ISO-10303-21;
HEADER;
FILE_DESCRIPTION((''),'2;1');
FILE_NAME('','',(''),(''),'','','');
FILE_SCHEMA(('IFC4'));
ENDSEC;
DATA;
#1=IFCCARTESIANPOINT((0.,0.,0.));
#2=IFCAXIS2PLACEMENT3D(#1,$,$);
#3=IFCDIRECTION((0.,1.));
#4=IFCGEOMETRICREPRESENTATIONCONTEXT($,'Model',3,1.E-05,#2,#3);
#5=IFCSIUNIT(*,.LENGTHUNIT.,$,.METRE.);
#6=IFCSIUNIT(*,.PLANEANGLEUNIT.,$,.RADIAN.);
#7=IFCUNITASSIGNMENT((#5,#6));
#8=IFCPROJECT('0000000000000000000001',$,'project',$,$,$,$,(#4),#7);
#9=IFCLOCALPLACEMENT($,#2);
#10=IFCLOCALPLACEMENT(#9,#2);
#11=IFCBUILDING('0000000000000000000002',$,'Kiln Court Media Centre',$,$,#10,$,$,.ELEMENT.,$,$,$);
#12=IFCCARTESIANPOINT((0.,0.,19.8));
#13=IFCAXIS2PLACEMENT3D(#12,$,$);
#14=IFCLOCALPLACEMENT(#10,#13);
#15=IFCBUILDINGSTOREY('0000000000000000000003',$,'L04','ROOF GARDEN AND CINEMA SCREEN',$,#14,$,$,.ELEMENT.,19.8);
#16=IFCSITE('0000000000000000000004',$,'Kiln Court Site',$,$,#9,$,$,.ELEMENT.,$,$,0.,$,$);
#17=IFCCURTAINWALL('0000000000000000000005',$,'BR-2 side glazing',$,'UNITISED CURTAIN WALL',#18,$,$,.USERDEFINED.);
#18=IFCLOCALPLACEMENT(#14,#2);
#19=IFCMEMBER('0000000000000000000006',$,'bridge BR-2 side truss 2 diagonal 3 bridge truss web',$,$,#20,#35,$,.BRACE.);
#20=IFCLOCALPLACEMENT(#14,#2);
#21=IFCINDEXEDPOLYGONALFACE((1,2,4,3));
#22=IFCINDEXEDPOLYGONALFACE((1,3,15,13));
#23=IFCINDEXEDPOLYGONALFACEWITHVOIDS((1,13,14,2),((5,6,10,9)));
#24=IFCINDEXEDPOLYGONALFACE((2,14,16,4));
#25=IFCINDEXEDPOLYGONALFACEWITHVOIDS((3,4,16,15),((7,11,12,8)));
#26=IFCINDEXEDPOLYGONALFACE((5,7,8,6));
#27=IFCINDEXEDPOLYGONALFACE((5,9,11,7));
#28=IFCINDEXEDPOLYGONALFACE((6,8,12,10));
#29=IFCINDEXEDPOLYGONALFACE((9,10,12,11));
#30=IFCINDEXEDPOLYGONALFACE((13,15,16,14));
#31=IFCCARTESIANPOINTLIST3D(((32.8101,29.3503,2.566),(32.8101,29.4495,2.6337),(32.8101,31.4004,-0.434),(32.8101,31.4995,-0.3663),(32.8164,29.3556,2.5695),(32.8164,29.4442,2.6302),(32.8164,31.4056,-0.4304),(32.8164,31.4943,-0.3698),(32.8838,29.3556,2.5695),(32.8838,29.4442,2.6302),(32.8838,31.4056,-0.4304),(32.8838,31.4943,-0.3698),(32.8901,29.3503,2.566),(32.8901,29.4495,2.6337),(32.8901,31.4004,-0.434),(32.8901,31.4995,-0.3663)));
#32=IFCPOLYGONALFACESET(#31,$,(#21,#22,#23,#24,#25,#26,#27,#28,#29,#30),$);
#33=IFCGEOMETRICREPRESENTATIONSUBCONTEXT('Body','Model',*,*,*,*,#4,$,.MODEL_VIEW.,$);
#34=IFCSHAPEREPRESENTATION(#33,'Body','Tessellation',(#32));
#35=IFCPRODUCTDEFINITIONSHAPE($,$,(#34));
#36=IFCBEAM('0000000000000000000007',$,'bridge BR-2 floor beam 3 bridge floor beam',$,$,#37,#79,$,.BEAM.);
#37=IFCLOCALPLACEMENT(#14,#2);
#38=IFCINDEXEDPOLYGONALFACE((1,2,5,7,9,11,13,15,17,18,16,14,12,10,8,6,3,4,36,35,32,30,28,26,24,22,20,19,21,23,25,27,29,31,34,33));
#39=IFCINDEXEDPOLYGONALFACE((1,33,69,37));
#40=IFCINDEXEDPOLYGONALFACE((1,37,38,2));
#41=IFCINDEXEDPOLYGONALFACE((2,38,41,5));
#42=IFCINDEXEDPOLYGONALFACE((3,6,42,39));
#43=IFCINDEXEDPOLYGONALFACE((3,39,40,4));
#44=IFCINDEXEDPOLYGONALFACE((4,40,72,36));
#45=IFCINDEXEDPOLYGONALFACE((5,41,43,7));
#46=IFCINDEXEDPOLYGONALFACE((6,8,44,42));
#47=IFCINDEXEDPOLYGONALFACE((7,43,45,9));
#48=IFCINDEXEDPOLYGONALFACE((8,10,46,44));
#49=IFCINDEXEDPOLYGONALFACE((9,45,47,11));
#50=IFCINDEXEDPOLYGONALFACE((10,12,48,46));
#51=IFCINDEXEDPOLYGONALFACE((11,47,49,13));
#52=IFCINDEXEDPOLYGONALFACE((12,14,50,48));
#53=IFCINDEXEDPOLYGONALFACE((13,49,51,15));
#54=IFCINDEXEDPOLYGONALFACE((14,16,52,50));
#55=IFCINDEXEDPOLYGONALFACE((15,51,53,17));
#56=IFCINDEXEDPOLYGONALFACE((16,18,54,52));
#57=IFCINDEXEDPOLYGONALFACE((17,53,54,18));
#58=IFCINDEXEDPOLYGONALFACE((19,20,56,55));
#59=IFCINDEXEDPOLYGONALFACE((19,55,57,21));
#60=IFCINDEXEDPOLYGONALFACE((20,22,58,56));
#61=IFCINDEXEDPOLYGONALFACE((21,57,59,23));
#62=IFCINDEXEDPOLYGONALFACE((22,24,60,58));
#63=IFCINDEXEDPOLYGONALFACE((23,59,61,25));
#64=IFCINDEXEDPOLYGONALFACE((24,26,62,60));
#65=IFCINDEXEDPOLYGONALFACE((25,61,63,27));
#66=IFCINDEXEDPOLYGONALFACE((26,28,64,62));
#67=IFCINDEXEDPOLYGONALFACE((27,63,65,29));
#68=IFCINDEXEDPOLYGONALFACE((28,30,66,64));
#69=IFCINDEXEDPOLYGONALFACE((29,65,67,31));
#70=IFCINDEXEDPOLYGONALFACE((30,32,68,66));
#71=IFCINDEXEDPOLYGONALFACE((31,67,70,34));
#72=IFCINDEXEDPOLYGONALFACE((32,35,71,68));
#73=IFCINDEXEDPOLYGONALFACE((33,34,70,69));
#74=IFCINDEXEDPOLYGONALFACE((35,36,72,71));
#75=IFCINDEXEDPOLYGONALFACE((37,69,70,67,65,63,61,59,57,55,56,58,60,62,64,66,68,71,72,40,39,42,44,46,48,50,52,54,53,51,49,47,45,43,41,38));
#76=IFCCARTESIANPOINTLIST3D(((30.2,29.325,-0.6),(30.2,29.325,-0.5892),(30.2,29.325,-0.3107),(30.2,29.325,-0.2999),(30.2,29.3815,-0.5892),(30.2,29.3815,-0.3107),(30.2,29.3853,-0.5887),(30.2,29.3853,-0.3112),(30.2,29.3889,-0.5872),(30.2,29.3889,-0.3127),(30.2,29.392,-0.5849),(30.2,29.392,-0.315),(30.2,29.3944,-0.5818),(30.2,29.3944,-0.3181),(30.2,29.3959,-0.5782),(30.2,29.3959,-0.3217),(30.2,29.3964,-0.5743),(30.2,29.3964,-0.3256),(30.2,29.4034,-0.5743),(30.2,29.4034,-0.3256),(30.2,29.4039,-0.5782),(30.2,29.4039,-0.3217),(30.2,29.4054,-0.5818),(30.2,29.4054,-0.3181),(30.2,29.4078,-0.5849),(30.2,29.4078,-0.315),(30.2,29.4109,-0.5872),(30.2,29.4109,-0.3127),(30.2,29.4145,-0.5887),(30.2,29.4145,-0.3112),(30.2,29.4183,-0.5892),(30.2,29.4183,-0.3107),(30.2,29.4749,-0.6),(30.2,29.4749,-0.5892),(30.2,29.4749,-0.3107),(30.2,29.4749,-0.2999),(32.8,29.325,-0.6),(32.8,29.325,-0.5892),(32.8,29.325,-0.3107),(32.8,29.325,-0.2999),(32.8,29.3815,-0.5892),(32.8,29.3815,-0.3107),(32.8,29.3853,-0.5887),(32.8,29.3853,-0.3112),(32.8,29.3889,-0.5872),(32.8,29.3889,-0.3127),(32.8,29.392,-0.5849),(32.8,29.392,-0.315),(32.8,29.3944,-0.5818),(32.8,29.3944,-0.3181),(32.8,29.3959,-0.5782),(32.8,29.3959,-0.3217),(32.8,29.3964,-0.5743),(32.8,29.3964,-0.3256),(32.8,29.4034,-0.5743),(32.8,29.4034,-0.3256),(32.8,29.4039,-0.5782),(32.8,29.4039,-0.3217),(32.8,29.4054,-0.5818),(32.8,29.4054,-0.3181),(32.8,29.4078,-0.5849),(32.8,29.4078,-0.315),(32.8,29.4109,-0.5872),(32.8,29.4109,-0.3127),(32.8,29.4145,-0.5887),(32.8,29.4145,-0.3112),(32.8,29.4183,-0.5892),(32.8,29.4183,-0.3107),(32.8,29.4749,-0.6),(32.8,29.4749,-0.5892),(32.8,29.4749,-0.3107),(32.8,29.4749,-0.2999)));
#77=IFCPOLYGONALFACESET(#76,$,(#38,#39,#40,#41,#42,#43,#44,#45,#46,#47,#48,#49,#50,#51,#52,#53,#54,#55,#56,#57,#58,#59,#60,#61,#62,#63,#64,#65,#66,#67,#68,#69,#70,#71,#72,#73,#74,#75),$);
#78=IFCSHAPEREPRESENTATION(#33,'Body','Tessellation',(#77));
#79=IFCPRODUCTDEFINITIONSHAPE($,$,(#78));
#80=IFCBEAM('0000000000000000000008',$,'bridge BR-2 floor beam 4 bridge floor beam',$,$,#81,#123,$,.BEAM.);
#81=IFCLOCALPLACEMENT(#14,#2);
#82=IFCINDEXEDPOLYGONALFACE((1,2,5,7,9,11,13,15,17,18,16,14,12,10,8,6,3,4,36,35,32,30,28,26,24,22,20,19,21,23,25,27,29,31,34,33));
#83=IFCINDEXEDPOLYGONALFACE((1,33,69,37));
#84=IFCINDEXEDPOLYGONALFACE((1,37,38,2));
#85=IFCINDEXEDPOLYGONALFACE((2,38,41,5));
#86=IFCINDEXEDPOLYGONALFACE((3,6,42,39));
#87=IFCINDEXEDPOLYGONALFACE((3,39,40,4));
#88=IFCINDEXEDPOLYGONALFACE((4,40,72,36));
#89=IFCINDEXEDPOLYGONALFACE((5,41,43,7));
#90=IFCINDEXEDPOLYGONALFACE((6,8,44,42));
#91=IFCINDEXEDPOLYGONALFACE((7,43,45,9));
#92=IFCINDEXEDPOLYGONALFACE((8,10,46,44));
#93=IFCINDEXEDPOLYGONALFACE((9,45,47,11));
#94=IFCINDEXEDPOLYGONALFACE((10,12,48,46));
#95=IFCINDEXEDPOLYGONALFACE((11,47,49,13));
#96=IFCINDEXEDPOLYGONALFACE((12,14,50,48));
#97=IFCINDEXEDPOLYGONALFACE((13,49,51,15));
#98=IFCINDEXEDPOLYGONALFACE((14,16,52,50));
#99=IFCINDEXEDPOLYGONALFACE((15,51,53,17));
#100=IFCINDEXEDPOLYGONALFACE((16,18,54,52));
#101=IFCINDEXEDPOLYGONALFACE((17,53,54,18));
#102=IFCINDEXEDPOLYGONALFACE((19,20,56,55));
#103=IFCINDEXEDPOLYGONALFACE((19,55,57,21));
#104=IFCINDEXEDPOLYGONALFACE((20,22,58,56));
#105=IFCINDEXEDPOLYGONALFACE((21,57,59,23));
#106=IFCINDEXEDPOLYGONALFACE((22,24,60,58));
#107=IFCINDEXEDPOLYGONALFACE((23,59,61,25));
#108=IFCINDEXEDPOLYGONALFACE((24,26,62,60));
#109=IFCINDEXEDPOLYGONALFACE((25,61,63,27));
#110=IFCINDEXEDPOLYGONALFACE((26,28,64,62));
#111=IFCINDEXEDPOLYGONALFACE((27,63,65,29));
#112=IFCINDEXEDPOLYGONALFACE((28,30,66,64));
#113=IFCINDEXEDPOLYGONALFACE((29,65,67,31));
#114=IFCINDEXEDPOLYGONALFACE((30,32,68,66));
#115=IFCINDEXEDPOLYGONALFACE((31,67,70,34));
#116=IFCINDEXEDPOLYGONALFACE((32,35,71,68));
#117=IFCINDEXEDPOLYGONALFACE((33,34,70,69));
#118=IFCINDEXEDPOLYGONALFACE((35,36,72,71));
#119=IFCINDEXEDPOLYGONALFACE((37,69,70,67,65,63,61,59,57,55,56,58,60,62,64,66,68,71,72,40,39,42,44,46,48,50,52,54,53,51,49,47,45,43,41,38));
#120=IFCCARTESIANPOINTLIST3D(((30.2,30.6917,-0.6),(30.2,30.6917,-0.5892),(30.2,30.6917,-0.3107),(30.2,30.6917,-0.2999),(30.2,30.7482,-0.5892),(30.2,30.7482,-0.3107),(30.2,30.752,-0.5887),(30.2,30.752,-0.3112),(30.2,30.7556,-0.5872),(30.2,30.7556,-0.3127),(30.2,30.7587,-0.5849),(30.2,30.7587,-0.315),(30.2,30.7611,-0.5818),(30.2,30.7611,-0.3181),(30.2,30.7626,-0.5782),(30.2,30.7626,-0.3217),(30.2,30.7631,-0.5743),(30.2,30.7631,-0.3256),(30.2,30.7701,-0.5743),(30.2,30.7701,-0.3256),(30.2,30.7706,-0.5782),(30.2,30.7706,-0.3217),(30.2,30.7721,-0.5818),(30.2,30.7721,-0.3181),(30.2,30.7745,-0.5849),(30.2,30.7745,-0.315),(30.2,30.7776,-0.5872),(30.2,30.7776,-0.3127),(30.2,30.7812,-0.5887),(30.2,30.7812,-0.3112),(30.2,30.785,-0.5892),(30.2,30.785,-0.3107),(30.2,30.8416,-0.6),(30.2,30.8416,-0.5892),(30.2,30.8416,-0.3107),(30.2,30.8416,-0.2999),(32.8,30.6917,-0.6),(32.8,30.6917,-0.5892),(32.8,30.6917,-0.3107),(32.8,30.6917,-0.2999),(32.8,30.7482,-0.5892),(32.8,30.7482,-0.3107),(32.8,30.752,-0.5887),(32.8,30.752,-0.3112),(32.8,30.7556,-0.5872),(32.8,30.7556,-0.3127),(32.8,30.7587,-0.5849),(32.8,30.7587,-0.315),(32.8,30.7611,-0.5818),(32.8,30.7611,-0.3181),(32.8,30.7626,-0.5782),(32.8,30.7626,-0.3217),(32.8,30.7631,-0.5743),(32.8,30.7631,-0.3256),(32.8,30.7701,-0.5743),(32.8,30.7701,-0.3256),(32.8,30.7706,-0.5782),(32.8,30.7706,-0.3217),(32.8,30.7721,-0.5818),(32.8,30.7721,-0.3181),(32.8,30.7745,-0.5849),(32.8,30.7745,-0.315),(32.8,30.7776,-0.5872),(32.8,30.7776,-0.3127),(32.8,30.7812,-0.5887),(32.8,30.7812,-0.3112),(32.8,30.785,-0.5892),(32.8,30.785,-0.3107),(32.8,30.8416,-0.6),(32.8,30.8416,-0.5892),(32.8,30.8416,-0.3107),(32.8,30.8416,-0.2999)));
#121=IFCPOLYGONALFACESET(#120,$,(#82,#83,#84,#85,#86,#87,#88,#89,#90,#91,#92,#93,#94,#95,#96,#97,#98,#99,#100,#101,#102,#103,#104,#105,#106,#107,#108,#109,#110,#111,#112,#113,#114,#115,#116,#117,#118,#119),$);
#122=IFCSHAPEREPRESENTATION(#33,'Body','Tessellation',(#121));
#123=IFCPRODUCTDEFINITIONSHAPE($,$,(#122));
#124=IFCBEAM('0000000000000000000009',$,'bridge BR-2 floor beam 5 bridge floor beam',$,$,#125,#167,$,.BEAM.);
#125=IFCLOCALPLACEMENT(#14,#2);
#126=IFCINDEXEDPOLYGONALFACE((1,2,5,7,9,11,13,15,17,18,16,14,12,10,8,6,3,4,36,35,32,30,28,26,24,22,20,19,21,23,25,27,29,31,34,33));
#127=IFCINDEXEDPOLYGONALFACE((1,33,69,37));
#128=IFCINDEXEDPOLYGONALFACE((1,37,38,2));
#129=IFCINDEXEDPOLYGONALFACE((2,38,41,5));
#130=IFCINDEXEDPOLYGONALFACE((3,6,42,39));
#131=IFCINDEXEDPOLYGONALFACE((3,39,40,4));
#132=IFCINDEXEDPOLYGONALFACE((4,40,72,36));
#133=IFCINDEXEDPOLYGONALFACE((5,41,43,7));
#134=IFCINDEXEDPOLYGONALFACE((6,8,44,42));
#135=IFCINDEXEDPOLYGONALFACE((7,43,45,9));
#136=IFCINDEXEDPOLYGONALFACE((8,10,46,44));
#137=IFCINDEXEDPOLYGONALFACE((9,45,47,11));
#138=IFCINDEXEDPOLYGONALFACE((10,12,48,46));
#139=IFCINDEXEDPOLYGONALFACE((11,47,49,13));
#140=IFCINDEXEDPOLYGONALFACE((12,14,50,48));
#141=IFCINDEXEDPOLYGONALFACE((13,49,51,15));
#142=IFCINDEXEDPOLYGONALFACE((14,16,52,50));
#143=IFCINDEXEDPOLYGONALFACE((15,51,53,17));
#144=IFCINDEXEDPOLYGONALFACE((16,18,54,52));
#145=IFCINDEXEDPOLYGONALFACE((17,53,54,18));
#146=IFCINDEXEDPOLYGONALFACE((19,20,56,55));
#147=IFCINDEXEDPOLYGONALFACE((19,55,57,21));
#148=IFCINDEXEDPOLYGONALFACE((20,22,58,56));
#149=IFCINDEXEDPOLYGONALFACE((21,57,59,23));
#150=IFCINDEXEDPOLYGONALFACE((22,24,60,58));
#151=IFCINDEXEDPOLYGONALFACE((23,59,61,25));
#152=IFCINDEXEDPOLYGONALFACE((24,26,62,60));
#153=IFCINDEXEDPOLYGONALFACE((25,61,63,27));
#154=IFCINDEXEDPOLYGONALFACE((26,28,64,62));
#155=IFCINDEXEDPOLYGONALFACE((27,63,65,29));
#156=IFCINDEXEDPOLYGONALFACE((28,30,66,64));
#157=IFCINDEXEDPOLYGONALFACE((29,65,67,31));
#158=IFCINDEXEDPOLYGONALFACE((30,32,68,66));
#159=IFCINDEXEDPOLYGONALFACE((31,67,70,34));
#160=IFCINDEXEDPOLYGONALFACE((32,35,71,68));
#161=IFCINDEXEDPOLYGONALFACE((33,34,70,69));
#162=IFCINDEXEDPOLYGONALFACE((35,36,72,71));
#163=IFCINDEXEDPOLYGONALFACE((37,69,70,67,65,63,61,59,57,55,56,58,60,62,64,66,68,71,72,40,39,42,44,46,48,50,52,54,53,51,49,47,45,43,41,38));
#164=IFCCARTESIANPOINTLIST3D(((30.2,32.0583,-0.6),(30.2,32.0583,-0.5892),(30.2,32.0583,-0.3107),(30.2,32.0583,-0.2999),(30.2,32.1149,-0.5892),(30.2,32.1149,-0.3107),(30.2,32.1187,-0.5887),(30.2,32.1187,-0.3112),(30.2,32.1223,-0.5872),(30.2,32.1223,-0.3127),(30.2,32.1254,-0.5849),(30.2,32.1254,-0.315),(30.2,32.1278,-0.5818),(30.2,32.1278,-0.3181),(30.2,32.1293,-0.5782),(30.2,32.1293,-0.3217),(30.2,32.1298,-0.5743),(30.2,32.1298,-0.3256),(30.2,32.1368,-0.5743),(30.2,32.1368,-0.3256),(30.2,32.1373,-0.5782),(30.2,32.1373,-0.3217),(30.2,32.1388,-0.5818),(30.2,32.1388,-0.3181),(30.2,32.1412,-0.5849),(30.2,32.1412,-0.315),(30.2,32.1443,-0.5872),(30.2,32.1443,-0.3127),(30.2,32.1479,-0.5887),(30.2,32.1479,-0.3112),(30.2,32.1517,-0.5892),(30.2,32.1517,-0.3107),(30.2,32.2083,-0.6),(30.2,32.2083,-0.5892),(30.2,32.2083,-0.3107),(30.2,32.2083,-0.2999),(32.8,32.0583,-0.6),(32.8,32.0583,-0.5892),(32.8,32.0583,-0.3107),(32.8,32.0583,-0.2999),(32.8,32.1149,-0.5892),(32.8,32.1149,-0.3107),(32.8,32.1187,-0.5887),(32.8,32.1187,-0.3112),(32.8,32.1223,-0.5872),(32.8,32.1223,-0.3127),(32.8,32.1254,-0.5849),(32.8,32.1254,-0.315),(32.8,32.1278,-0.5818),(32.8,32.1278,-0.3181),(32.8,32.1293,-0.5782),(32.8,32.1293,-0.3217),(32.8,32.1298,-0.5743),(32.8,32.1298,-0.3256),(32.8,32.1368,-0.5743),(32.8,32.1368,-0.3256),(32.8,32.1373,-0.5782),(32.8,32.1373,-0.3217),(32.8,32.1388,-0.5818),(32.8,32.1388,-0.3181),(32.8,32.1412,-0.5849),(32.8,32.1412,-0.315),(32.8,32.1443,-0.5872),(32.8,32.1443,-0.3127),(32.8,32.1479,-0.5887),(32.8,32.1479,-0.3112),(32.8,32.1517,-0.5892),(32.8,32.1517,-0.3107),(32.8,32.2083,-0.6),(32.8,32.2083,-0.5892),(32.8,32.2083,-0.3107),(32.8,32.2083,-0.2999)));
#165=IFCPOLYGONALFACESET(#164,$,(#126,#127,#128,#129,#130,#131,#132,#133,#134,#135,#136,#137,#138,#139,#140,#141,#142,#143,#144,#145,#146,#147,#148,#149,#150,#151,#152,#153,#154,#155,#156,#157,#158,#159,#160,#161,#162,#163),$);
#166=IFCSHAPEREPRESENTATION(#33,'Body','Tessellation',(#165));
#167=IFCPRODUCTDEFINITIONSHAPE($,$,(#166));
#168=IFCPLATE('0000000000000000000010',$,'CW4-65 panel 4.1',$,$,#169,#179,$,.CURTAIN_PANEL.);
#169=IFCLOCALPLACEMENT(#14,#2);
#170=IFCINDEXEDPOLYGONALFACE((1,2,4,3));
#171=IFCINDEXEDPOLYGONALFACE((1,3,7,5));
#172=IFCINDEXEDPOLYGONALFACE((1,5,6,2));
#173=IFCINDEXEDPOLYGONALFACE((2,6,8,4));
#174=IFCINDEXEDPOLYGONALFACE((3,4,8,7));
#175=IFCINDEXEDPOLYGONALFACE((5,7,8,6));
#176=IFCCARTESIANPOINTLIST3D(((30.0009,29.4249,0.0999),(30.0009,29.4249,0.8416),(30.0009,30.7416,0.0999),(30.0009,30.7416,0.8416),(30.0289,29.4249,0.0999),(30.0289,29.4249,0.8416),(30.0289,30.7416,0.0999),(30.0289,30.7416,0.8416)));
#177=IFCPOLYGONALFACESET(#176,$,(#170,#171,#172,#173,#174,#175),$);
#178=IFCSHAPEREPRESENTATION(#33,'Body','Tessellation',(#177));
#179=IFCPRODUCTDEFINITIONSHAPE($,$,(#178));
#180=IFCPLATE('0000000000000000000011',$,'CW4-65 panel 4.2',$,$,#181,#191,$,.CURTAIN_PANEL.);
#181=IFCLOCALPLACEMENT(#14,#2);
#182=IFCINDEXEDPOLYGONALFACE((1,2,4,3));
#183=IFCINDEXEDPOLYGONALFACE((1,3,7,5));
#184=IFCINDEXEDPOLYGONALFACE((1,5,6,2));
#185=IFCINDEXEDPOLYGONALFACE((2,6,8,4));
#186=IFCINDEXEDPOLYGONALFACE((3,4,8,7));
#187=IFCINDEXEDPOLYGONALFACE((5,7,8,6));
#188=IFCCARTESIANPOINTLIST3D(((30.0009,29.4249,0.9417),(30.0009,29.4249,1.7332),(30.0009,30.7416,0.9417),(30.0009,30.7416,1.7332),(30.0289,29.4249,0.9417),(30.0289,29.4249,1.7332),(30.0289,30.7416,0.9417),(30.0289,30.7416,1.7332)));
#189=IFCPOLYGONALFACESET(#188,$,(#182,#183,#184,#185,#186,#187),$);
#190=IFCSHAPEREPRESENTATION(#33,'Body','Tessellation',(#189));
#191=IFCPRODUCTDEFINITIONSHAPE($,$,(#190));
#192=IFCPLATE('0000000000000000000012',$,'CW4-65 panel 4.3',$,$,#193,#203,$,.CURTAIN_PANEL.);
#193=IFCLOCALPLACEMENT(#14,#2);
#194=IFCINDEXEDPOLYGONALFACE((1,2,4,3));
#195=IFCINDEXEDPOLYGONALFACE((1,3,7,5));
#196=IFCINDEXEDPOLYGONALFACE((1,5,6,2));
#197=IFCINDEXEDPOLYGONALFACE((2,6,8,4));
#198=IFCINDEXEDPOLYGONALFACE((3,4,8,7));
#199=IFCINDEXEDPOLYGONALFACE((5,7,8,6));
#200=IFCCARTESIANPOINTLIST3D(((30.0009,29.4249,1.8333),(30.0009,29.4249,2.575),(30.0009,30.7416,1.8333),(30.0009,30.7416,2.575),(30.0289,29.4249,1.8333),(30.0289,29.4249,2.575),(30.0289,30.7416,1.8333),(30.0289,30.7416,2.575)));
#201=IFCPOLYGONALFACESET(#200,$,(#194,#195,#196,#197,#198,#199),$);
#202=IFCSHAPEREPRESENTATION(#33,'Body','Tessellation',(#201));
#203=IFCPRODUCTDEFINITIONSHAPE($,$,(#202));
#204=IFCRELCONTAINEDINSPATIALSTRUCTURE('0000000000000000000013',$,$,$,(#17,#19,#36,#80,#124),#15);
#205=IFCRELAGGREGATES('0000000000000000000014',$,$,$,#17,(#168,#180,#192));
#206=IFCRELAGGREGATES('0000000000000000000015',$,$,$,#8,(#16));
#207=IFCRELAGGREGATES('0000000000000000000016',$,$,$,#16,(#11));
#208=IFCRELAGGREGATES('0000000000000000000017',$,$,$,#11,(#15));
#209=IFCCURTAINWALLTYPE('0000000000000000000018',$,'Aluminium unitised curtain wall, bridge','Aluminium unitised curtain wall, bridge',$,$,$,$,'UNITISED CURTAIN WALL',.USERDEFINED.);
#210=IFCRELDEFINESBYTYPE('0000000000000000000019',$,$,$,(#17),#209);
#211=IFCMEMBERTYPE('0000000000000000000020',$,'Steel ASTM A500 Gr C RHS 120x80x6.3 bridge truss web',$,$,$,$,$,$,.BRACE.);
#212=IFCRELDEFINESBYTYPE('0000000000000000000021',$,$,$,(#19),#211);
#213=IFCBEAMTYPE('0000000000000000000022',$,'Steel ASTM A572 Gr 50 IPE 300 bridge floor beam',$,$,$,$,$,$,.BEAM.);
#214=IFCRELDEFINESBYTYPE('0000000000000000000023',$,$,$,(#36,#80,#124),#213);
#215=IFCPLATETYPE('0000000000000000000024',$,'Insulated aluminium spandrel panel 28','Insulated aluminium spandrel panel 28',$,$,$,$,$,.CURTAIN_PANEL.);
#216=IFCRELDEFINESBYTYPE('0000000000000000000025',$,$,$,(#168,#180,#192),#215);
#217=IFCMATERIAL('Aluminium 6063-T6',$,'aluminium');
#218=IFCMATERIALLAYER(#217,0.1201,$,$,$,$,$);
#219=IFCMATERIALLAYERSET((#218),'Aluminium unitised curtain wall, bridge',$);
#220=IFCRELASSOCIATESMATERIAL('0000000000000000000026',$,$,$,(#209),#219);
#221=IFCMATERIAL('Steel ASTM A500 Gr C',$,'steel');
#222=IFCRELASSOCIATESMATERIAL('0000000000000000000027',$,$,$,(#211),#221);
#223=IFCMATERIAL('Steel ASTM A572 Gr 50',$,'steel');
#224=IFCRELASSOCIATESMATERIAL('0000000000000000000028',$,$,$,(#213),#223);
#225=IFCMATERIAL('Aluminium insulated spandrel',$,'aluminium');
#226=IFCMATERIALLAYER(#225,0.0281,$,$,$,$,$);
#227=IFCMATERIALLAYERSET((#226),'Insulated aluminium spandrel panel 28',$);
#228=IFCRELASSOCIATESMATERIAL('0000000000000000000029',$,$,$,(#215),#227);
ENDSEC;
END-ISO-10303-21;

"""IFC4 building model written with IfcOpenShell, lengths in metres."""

from ifc_helpers import new_model, si_unit, direction, frame, origin, origin_2d, place, context, subcontext, project, spatial, rectangle, hollow_rectangle, i_section, extrude, material, layer, layer_set, material_profile, profile_set, type_object, element, aggregate, save


model = new_model("IFC4")

# Units and contexts
model_context = context("Model", 3, precision=1e-05, world=origin(), true_north=direction((0.0, 1.0)))
body_context = subcontext(model_context, "Body", "Model", "MODEL_VIEW")
ifc_project = project(units=[si_unit("LENGTHUNIT", "METRE"), si_unit("PLANEANGLEUNIT", "RADIAN")], contexts=[model_context])

# Site, building, storey
site_placement = place(None, origin())
site = spatial("IfcSite", under=ifc_project, at=site_placement, Name="Kiln Court Site", CompositionType="ELEMENT", RefElevation=0.0)
building_placement = place(site_placement, origin())
building = spatial("IfcBuilding", under=site, at=building_placement, Name="Kiln Court Media Centre", CompositionType="ELEMENT")
storey_placement = place(building_placement, frame((0.0, 0.0, 19.8)))
storey = spatial("IfcBuildingStorey", under=building, at=storey_placement, Name="L04", Description="ROOF GARDEN AND CINEMA SCREEN", CompositionType="ELEMENT", Elevation=19.8)

# Curtain wall
ifc_material_1 = material(Name="Aluminium 6063-T6", Category="aluminium")
ifc_layer_1 = layer(ifc_material_1, 0.1201)
ifc_layer_set_1 = layer_set([ifc_layer_1], Name="Aluminium unitised curtain wall, bridge")
curtain_wall_type = type_object("IfcCurtainWallType", Name="Aluminium unitised curtain wall, bridge", Description="Aluminium unitised curtain wall, bridge", ElementType="UNITISED CURTAIN WALL", PredefinedType="USERDEFINED", material=ifc_layer_set_1)
curtain_wall_placement = place(storey_placement, origin())
curtain_wall = element("IfcCurtainWall", 1, at=curtain_wall_placement, inside=storey, type_object=curtain_wall_type, Name="BR-2 side glazing", ObjectType="UNITISED CURTAIN WALL", PredefinedType="USERDEFINED")

# Member
ifc_material_2 = material(Name="Steel ASTM A500 Gr C", Category="steel")
ifc_material_profile_1 = material_profile(ifc_material_2, hollow_rectangle(XDim=0.0801, YDim=0.1201, WallThickness=0.0063, at=origin_2d()), Name="RHS 120x80x6.3")
ifc_profile_set_1 = profile_set([ifc_material_profile_1], Name="Steel ASTM A500 Gr C")
member_type_1 = type_object("IfcMemberType", Name="Steel ASTM A500 Gr C RHS 120x80x6.3 bridge truss web", PredefinedType="BRACE", material=ifc_profile_set_1)
member_1_placement = place(storey_placement, frame((32.8501, 29.3999, 2.5999), z_axis=(0.0, 0.5642, -0.825638), x_axis=(-1.0, 0.0, 0.0)))
element("IfcMember", 2, at=member_1_placement, inside=storey, type_object=member_type_1, Name="bridge BR-2 side truss 2 diagonal 3 bridge truss web", PredefinedType="BRACE", context=body_context, shape_type="SweptSolid", body=[
    extrude(hollow_rectangle(XDim=0.0801, YDim=0.1201, WallThickness=0.0063, at=origin_2d()), origin(), (0.0, 0.0, 1.0), 3.6335),
])

# Beams
ifc_material_3 = material(Name="Steel ASTM A572 Gr 50", Category="steel")
ifc_material_profile_2 = material_profile(ifc_material_3, i_section(OverallWidth=0.1499, OverallDepth=0.3, WebThickness=0.0071, FlangeThickness=0.0107, FilletRadius=0.0149, at=origin_2d()), Name="IPE 300")
ifc_profile_set_2 = profile_set([ifc_material_profile_2], Name="Steel ASTM A572 Gr 50")
beam_type = type_object("IfcBeamType", Name="Steel ASTM A572 Gr 50 IPE 300 bridge floor beam", PredefinedType="BEAM", material=ifc_profile_set_2)
for number, where, z_axis, x_axis, name in (
    (3, (30.2, 29.3999, -0.45), (1.0, 0.0, 0.0), (0.0, 1.0, 0.0), "bridge BR-2 floor beam 3 bridge floor beam"),
    (4, (30.2, 30.7666, -0.45), (1.0, 0.0, 0.0), (0.0, 1.0, 0.0), "bridge BR-2 floor beam 4 bridge floor beam"),
    (5, (30.2, 32.1333, -0.45), (1.0, 0.0, 0.0), (0.0, 1.0, 0.0), "bridge BR-2 floor beam 5 bridge floor beam"),
):
    element("IfcBeam", number, at=place(storey_placement, frame(where, z_axis=z_axis, x_axis=x_axis)), inside=storey, type_object=beam_type, Name=name, PredefinedType="BEAM", context=body_context, shape_type="SweptSolid", body=[
        extrude(i_section(OverallWidth=0.1499, OverallDepth=0.3, WebThickness=0.0071, FlangeThickness=0.0107, FilletRadius=0.0149, at=origin_2d()), origin(), (0.0, 0.0, 1.0), 2.6001),
    ])

# Plates
ifc_material_4 = material(Name="Aluminium insulated spandrel", Category="aluminium")
ifc_layer_2 = layer(ifc_material_4, 0.0281)
ifc_layer_set_2 = layer_set([ifc_layer_2], Name="Insulated aluminium spandrel panel 28")
plate_type_1 = type_object("IfcPlateType", Name="Insulated aluminium spandrel panel 28", Description="Insulated aluminium spandrel panel 28", PredefinedType="CURTAIN_PANEL", material=ifc_layer_set_2)
plate_1_placement = place(storey_placement, frame((30.0149, 30.0833, 0.0999), z_axis=(0.0, 0.0, 1.0), x_axis=(0.0, 1.0, 0.0)))
plate_1 = element("IfcPlate", 6, at=plate_1_placement, type_object=plate_type_1, Name="CW4-65 panel 4.1", PredefinedType="CURTAIN_PANEL", context=body_context, shape_type="SweptSolid", body=[
    extrude(rectangle(XDim=1.3167, YDim=0.0281, at=origin_2d()), origin(), (0.0, 0.0, 1.0), 0.7417),
])
plate_2_placement = place(storey_placement, frame((30.0149, 30.0833, 0.9417), z_axis=(0.0, 0.0, 1.0), x_axis=(0.0, 1.0, 0.0)))
plate_2 = element("IfcPlate", 7, at=plate_2_placement, type_object=plate_type_1, Name="CW4-65 panel 4.2", PredefinedType="CURTAIN_PANEL", context=body_context, shape_type="SweptSolid", body=[
    extrude(rectangle(XDim=1.3167, YDim=0.0281, at=origin_2d()), origin(), (0.0, 0.0, 1.0), 0.7915),
])
plate_3_placement = place(storey_placement, frame((30.0149, 30.0833, 1.8333), z_axis=(0.0, 0.0, 1.0), x_axis=(0.0, 1.0, 0.0)))
plate_3 = element("IfcPlate", 8, at=plate_3_placement, type_object=plate_type_1, Name="CW4-65 panel 4.3", PredefinedType="CURTAIN_PANEL", context=body_context, shape_type="SweptSolid", body=[
    extrude(rectangle(XDim=1.3167, YDim=0.0281, at=origin_2d()), origin(), (0.0, 0.0, 1.0), 0.7417),
])
aggregate(curtain_wall, [plate_1, plate_2, plate_3])

save(model, "model.ifc")
